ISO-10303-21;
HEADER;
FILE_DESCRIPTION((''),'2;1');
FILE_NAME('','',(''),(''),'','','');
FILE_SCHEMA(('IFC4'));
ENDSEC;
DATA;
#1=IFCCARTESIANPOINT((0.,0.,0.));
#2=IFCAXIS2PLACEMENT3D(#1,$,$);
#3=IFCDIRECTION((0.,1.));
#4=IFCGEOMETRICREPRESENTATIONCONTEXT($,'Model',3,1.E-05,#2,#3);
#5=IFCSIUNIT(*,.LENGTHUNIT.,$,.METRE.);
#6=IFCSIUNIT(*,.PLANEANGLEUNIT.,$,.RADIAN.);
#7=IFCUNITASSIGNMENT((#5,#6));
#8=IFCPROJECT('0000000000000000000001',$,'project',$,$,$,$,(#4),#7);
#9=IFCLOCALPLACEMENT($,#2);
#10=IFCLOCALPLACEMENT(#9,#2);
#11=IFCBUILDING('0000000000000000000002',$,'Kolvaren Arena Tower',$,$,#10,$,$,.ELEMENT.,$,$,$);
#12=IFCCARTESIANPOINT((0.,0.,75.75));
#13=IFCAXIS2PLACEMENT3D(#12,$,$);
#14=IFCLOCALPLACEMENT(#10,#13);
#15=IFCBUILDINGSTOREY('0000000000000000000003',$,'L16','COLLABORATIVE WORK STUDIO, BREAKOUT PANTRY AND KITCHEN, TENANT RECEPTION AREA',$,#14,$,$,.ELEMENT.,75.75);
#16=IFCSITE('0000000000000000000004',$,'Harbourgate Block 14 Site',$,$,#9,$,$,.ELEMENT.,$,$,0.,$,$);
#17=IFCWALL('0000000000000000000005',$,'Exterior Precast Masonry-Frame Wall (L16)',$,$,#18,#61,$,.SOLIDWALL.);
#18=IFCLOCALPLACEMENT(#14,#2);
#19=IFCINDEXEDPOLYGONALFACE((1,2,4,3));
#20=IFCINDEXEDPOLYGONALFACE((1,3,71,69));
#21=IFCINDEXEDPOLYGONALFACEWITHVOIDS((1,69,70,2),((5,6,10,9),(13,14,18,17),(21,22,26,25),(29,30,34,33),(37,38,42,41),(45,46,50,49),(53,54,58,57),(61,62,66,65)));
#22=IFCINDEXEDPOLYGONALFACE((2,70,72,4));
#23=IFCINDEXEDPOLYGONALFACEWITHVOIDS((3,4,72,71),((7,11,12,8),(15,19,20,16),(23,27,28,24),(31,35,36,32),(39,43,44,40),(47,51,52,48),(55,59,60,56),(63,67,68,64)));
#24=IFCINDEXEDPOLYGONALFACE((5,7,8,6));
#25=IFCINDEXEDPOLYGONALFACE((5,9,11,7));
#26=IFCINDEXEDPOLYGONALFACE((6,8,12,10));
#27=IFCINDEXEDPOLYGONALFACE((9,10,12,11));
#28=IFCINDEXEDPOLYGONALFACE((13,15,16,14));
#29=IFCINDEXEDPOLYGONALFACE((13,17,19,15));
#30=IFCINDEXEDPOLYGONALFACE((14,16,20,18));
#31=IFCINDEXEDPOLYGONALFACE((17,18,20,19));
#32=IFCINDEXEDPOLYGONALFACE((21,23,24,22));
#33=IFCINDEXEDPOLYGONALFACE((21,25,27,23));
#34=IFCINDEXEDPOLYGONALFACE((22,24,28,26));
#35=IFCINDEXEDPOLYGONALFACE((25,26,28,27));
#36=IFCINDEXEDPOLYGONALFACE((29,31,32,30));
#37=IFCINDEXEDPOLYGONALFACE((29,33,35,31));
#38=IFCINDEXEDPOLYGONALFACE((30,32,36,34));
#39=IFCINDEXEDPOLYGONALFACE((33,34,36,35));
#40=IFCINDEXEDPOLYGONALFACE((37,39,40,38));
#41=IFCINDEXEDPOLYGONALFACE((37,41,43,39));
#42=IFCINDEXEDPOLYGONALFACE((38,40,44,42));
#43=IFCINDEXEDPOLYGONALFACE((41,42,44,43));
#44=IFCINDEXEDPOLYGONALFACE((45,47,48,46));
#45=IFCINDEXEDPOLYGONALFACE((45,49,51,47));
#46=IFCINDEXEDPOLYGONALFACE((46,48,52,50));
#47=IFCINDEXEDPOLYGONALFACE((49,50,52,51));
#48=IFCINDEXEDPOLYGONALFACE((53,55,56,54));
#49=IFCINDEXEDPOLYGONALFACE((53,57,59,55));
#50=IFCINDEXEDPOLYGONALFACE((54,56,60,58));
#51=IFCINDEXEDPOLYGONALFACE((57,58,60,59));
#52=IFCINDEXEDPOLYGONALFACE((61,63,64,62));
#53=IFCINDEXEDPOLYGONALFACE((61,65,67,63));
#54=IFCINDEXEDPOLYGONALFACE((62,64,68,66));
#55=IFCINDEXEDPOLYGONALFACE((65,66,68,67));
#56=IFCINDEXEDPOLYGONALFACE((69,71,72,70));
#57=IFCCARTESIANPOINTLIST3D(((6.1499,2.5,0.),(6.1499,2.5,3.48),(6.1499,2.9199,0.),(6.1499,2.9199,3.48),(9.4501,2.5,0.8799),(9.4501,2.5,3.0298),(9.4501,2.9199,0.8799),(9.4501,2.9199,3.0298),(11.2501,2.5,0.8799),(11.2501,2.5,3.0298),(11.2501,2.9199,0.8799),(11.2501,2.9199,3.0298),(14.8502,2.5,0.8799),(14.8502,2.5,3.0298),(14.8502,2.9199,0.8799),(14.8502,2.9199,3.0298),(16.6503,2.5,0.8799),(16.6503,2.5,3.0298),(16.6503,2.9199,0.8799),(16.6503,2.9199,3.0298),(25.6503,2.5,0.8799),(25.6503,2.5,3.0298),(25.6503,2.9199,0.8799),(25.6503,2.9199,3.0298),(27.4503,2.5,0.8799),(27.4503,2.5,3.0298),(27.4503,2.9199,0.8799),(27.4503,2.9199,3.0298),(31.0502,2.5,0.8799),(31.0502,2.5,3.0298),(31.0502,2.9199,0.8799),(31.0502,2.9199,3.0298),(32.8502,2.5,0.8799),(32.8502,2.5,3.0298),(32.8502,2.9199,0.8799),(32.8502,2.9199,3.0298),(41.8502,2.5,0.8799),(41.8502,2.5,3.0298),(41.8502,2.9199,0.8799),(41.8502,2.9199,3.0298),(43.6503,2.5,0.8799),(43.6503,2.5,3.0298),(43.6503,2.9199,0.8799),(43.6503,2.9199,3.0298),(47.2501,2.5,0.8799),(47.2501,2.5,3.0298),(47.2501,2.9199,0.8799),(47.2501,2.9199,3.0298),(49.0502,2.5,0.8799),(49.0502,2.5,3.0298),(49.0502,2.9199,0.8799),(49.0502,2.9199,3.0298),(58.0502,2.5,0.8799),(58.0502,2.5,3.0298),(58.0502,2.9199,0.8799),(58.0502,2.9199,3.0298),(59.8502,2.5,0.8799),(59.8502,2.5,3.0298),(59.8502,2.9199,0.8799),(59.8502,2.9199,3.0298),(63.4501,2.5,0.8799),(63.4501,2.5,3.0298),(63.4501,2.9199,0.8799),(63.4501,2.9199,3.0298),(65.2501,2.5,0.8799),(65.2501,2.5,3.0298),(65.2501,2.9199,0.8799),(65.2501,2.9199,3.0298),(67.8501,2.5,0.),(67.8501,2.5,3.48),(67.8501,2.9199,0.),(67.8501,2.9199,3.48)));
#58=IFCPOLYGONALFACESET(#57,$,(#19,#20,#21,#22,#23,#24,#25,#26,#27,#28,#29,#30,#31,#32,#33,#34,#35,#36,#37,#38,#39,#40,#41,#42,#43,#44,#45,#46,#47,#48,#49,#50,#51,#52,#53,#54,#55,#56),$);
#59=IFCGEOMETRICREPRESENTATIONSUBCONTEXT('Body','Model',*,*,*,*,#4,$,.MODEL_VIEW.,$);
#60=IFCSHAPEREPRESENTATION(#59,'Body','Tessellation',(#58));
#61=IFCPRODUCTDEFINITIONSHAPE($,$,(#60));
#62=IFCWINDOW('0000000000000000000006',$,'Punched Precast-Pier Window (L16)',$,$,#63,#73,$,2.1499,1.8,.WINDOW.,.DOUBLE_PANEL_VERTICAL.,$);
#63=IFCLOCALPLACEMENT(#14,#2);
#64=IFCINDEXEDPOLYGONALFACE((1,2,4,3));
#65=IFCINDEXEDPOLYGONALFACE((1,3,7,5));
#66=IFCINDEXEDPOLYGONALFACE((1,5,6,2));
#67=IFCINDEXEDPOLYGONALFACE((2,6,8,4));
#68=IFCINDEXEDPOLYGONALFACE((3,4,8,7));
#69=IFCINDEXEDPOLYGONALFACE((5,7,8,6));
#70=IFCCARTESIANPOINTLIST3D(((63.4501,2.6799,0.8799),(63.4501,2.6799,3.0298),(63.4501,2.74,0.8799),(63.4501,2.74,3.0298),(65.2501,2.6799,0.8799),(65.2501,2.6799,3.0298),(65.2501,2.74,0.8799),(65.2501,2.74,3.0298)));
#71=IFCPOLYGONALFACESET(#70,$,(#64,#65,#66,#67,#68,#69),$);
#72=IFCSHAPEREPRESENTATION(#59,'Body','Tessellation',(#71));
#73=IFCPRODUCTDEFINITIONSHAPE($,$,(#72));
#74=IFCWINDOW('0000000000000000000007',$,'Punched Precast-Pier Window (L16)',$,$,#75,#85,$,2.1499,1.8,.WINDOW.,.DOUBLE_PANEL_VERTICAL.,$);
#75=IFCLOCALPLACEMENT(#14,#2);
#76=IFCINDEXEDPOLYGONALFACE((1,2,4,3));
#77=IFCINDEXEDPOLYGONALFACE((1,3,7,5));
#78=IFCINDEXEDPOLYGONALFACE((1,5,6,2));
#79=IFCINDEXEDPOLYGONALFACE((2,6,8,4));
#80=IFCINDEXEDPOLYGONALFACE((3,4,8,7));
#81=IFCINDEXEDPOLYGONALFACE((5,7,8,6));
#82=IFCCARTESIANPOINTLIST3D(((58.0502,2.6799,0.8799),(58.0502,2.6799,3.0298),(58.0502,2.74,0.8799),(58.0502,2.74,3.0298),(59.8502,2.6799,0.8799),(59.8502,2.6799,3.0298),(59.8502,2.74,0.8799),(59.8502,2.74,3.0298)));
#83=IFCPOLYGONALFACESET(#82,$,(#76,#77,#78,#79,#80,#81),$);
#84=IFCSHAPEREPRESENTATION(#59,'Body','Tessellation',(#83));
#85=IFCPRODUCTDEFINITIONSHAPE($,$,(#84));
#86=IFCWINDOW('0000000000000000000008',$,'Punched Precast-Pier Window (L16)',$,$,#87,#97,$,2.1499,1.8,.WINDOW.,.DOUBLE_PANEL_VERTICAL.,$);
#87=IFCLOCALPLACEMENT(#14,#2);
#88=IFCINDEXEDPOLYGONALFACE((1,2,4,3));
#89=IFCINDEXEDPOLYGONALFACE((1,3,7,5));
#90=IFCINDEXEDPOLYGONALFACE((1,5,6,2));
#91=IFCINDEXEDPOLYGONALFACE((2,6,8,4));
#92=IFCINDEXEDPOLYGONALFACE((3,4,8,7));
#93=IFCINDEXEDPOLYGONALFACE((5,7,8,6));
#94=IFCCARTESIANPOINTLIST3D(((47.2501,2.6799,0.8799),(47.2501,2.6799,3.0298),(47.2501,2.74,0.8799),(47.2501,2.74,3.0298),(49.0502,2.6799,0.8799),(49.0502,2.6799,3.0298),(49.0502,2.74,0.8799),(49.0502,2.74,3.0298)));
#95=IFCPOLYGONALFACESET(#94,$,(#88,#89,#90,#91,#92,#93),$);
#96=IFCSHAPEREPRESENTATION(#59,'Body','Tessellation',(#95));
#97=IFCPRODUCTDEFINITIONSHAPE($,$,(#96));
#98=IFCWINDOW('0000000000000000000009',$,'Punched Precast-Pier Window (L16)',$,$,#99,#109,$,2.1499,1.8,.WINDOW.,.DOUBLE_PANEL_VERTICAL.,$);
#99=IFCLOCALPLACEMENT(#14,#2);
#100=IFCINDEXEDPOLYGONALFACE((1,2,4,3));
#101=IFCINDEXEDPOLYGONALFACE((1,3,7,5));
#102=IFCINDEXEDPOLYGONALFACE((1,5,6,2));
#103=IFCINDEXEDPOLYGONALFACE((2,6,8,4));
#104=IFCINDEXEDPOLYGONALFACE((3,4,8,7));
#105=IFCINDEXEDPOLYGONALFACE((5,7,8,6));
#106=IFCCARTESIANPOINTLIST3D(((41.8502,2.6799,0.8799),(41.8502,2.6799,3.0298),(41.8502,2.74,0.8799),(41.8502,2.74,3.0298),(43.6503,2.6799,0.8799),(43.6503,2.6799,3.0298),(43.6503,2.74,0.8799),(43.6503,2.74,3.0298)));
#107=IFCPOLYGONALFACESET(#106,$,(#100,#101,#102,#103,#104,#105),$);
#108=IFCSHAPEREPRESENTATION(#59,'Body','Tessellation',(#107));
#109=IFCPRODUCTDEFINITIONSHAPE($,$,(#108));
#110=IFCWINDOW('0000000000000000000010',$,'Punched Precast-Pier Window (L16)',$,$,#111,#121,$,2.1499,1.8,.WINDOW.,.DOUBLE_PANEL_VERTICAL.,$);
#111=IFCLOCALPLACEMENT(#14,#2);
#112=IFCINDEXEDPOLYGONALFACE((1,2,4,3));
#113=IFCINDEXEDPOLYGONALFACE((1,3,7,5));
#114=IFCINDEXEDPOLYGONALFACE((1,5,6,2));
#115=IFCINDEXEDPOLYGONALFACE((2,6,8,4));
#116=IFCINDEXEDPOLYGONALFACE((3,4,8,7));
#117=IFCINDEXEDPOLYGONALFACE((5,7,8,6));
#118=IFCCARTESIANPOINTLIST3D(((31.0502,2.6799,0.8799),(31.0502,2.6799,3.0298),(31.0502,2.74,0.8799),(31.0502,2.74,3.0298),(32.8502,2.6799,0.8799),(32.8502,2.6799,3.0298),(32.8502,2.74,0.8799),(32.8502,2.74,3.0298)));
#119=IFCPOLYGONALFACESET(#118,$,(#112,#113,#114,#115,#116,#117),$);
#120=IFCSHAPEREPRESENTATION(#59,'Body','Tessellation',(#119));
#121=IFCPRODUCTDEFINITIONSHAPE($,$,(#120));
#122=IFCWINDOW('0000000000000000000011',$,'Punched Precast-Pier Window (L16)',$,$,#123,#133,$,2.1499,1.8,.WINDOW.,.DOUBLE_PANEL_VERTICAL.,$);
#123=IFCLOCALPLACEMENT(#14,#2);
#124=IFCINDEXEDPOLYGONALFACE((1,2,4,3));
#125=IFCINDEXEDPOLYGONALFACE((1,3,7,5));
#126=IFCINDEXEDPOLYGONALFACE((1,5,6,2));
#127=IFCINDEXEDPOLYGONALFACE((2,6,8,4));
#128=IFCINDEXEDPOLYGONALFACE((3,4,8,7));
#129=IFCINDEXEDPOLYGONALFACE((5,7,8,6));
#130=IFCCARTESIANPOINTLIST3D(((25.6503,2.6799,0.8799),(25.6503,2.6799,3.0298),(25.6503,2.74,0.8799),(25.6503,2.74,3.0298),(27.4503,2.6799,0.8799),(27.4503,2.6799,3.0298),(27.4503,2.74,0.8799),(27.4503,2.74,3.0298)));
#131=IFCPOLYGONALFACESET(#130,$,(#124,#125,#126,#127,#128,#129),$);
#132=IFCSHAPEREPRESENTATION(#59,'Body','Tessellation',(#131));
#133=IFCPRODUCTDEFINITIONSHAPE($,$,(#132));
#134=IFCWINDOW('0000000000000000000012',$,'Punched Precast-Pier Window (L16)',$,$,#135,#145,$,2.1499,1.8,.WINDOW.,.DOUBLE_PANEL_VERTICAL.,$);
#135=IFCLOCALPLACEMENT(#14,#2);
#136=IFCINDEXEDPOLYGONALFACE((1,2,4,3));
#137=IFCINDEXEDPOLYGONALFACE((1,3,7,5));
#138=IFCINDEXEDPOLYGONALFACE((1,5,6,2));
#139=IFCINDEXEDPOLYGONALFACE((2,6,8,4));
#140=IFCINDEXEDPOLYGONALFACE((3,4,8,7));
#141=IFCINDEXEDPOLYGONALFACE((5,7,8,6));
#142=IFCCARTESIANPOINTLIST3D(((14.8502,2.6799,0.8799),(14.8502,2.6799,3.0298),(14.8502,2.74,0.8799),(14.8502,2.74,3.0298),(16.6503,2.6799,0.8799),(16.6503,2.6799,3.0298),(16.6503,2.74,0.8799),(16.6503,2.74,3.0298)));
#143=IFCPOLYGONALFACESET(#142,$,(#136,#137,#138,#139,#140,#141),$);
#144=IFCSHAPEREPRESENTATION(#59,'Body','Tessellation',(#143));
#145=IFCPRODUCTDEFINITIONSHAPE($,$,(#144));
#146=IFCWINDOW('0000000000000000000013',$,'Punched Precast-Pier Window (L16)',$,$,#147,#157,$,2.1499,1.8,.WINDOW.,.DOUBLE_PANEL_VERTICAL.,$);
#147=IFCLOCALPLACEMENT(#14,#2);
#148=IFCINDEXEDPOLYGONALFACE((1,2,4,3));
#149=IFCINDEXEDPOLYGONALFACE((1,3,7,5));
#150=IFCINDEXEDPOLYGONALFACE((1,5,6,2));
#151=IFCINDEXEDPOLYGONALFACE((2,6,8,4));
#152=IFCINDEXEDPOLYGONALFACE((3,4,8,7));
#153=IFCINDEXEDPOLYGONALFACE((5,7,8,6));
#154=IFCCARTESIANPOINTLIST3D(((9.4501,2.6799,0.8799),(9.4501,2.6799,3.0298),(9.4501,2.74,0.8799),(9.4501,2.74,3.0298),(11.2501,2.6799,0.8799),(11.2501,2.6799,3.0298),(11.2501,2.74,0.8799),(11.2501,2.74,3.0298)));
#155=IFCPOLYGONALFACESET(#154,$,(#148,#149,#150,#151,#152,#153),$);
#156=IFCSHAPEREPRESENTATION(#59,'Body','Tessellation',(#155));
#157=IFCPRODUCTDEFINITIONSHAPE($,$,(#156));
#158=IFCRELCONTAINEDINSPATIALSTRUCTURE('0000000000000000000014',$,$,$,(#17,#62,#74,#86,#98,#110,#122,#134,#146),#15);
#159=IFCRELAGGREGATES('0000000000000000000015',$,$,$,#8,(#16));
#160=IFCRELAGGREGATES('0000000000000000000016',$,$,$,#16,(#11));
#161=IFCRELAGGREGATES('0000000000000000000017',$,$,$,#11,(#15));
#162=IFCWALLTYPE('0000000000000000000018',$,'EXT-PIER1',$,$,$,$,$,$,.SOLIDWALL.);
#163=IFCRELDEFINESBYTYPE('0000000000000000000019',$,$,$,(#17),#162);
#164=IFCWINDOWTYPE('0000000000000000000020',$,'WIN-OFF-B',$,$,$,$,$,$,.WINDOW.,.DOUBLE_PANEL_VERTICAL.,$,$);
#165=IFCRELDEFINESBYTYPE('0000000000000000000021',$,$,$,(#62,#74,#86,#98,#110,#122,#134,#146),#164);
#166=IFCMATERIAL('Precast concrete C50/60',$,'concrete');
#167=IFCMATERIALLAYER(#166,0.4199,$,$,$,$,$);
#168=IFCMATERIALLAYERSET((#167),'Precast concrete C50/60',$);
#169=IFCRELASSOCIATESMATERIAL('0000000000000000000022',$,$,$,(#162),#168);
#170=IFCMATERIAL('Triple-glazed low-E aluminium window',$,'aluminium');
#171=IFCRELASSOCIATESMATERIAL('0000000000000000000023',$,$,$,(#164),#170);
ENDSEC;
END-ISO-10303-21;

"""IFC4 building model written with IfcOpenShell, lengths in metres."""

from ifc_helpers import new_model, si_unit, direction, frame, frame_2d, origin, place, context, subcontext, project, spatial, rectangle, extrude, material, layer, layer_set, type_object, element, fill, save


model = new_model("IFC4")

# Units and contexts
model_context = context("Model", 3, precision=1e-05, world=origin(), true_north=direction((0.0, 1.0)))
body_context = subcontext(model_context, "Body", "Model", "MODEL_VIEW")
ifc_project = project(units=[si_unit("LENGTHUNIT", "METRE"), si_unit("PLANEANGLEUNIT", "RADIAN")], contexts=[model_context])

# Site, building, storey
site_placement = place(None, origin())
site = spatial("IfcSite", under=ifc_project, at=site_placement, Name="Harbourgate Block 14 Site", CompositionType="ELEMENT", RefElevation=0.0)
building_placement = place(site_placement, origin())
building = spatial("IfcBuilding", under=site, at=building_placement, Name="Kolvaren Arena Tower", CompositionType="ELEMENT")
storey_placement = place(building_placement, frame((0.0, 0.0, 75.75)))
storey = spatial("IfcBuildingStorey", under=building, at=storey_placement, Name="L16", Description="COLLABORATIVE WORK STUDIO, BREAKOUT PANTRY AND KITCHEN, TENANT RECEPTION AREA", CompositionType="ELEMENT", Elevation=75.75)

# Shared definitions
ifc_material_1 = material(Name="Precast concrete C50/60", Category="concrete")
ifc_layer_1 = layer(ifc_material_1, 0.4199)
ifc_layer_set_1 = layer_set([ifc_layer_1], Name="Precast concrete C50/60")
wall_type_1 = type_object("IfcWallType", Name="EXT-PIER1", PredefinedType="SOLIDWALL", material=ifc_layer_set_1)

# Wall, openings, windows
wall_1_placement = place(storey_placement, frame((67.8501, 2.71, 0.0), z_axis=(0.0, 0.0, 1.0), x_axis=(-1.0, 0.0, 0.0)))
wall_1 = element("IfcWall", 1, at=wall_1_placement, inside=storey, type_object=wall_type_1, Name="Exterior Precast Masonry-Frame Wall (L16)", PredefinedType="SOLIDWALL", context=body_context, shape_type="SweptSolid", body=[
    extrude(rectangle(XDim=61.7002, YDim=0.4199, at=frame_2d((30.8501, 0.0))), origin(), (0.0, 0.0, 1.0), 3.48),
])
opening_1_placement = place(wall_1_placement, frame((2.6001, 0.0, 0.8799)))
opening_1 = element("IfcOpeningElement", 2, at=opening_1_placement, cuts=wall_1, PredefinedType="OPENING", context=body_context, shape_type="SweptSolid", body=[
    extrude(rectangle(XDim=1.8, YDim=2.1499, at=frame_2d((0.8999, 1.075))), frame((0.0, 0.22, 0.0), z_axis=(0.0, -1.0, 0.0), x_axis=(1.0, 0.0, 0.0)), (0.0, 0.0, 1.0), 0.4399),
])
opening_2_placement = place(wall_1_placement, frame((8.0, 0.0, 0.8799)))
opening_2 = element("IfcOpeningElement", 3, at=opening_2_placement, cuts=wall_1, PredefinedType="OPENING", context=body_context, shape_type="SweptSolid", body=[
    extrude(rectangle(XDim=1.8, YDim=2.1499, at=frame_2d((0.8999, 1.075))), frame((0.0, 0.22, 0.0), z_axis=(0.0, -1.0, 0.0), x_axis=(1.0, 0.0, 0.0)), (0.0, 0.0, 1.0), 0.4399),
])
opening_3_placement = place(wall_1_placement, frame((18.8, 0.0, 0.8799)))
opening_3 = element("IfcOpeningElement", 4, at=opening_3_placement, cuts=wall_1, PredefinedType="OPENING", context=body_context, shape_type="SweptSolid", body=[
    extrude(rectangle(XDim=1.8, YDim=2.1499, at=frame_2d((0.8999, 1.075))), frame((0.0, 0.22, 0.0), z_axis=(0.0, -1.0, 0.0), x_axis=(1.0, 0.0, 0.0)), (0.0, 0.0, 1.0), 0.4399),
])
opening_4_placement = place(wall_1_placement, frame((24.2, 0.0, 0.8799)))
opening_4 = element("IfcOpeningElement", 5, at=opening_4_placement, cuts=wall_1, PredefinedType="OPENING", context=body_context, shape_type="SweptSolid", body=[
    extrude(rectangle(XDim=1.8, YDim=2.1499, at=frame_2d((0.8999, 1.075))), frame((0.0, 0.22, 0.0), z_axis=(0.0, -1.0, 0.0), x_axis=(1.0, 0.0, 0.0)), (0.0, 0.0, 1.0), 0.4399),
])
opening_5_placement = place(wall_1_placement, frame((35.0, 0.0, 0.8799)))
opening_5 = element("IfcOpeningElement", 6, at=opening_5_placement, cuts=wall_1, PredefinedType="OPENING", context=body_context, shape_type="SweptSolid", body=[
    extrude(rectangle(XDim=1.8, YDim=2.1499, at=frame_2d((0.8999, 1.075))), frame((0.0, 0.22, 0.0), z_axis=(0.0, -1.0, 0.0), x_axis=(1.0, 0.0, 0.0)), (0.0, 0.0, 1.0), 0.4399),
])
opening_6_placement = place(wall_1_placement, frame((40.3999, 0.0, 0.8799)))
opening_6 = element("IfcOpeningElement", 7, at=opening_6_placement, cuts=wall_1, PredefinedType="OPENING", context=body_context, shape_type="SweptSolid", body=[
    extrude(rectangle(XDim=1.8, YDim=2.1499, at=frame_2d((0.8999, 1.075))), frame((0.0, 0.22, 0.0), z_axis=(0.0, -1.0, 0.0), x_axis=(1.0, 0.0, 0.0)), (0.0, 0.0, 1.0), 0.4399),
])
opening_7_placement = place(wall_1_placement, frame((51.2, 0.0, 0.8799)))
opening_7 = element("IfcOpeningElement", 8, at=opening_7_placement, cuts=wall_1, PredefinedType="OPENING", context=body_context, shape_type="SweptSolid", body=[
    extrude(rectangle(XDim=1.8, YDim=2.1499, at=frame_2d((0.8999, 1.075))), frame((0.0, 0.22, 0.0), z_axis=(0.0, -1.0, 0.0), x_axis=(1.0, 0.0, 0.0)), (0.0, 0.0, 1.0), 0.4399),
])
opening_8_placement = place(wall_1_placement, frame((56.6001, 0.0, 0.8799)))
opening_8 = element("IfcOpeningElement", 9, at=opening_8_placement, cuts=wall_1, PredefinedType="OPENING", context=body_context, shape_type="SweptSolid", body=[
    extrude(rectangle(XDim=1.8, YDim=2.1499, at=frame_2d((0.8999, 1.075))), frame((0.0, 0.22, 0.0), z_axis=(0.0, -1.0, 0.0), x_axis=(1.0, 0.0, 0.0)), (0.0, 0.0, 1.0), 0.4399),
])
ifc_material_2 = material(Name="Triple-glazed low-E aluminium window", Category="aluminium")
window_type = type_object("IfcWindowType", Name="WIN-OFF-B", PartitioningType="DOUBLE_PANEL_VERTICAL", PredefinedType="WINDOW", material=ifc_material_2)
window_1_placement = place(opening_1_placement, origin())
window_1 = element("IfcWindow", 10, at=window_1_placement, inside=storey, type_object=window_type, Name="Punched Precast-Pier Window (L16)", OverallHeight=2.1499, OverallWidth=1.8, PartitioningType="DOUBLE_PANEL_VERTICAL", PredefinedType="WINDOW", context=body_context, shape_type="SweptSolid", body=[
    extrude(rectangle(XDim=1.8, YDim=2.1499, at=frame_2d((0.8999, 1.075))), frame((0.0, 0.03, 0.0), z_axis=(0.0, -1.0, 0.0), x_axis=(1.0, 0.0, 0.0)), (0.0, 0.0, 1.0), 0.0601),
])
fill(opening_1, window_1)
window_2_placement = place(opening_2_placement, origin())
window_2 = element("IfcWindow", 11, at=window_2_placement, inside=storey, type_object=window_type, Name="Punched Precast-Pier Window (L16)", OverallHeight=2.1499, OverallWidth=1.8, PartitioningType="DOUBLE_PANEL_VERTICAL", PredefinedType="WINDOW", context=body_context, shape_type="SweptSolid", body=[
    extrude(rectangle(XDim=1.8, YDim=2.1499, at=frame_2d((0.8999, 1.075))), frame((0.0, 0.03, 0.0), z_axis=(0.0, -1.0, 0.0), x_axis=(1.0, 0.0, 0.0)), (0.0, 0.0, 1.0), 0.0601),
])
fill(opening_2, window_2)
window_3_placement = place(opening_3_placement, origin())
window_3 = element("IfcWindow", 12, at=window_3_placement, inside=storey, type_object=window_type, Name="Punched Precast-Pier Window (L16)", OverallHeight=2.1499, OverallWidth=1.8, PartitioningType="DOUBLE_PANEL_VERTICAL", PredefinedType="WINDOW", context=body_context, shape_type="SweptSolid", body=[
    extrude(rectangle(XDim=1.8, YDim=2.1499, at=frame_2d((0.8999, 1.075))), frame((0.0, 0.03, 0.0), z_axis=(0.0, -1.0, 0.0), x_axis=(1.0, 0.0, 0.0)), (0.0, 0.0, 1.0), 0.0601),
])
fill(opening_3, window_3)
window_4_placement = place(opening_4_placement, origin())
window_4 = element("IfcWindow", 13, at=window_4_placement, inside=storey, type_object=window_type, Name="Punched Precast-Pier Window (L16)", OverallHeight=2.1499, OverallWidth=1.8, PartitioningType="DOUBLE_PANEL_VERTICAL", PredefinedType="WINDOW", context=body_context, shape_type="SweptSolid", body=[
    extrude(rectangle(XDim=1.8, YDim=2.1499, at=frame_2d((0.8999, 1.075))), frame((0.0, 0.03, 0.0), z_axis=(0.0, -1.0, 0.0), x_axis=(1.0, 0.0, 0.0)), (0.0, 0.0, 1.0), 0.0601),
])
fill(opening_4, window_4)
window_5_placement = place(opening_5_placement, origin())
window_5 = element("IfcWindow", 14, at=window_5_placement, inside=storey, type_object=window_type, Name="Punched Precast-Pier Window (L16)", OverallHeight=2.1499, OverallWidth=1.8, PartitioningType="DOUBLE_PANEL_VERTICAL", PredefinedType="WINDOW", context=body_context, shape_type="SweptSolid", body=[
    extrude(rectangle(XDim=1.8, YDim=2.1499, at=frame_2d((0.8999, 1.075))), frame((0.0, 0.03, 0.0), z_axis=(0.0, -1.0, 0.0), x_axis=(1.0, 0.0, 0.0)), (0.0, 0.0, 1.0), 0.0601),
])
fill(opening_5, window_5)
window_6_placement = place(opening_6_placement, origin())
window_6 = element("IfcWindow", 15, at=window_6_placement, inside=storey, type_object=window_type, Name="Punched Precast-Pier Window (L16)", OverallHeight=2.1499, OverallWidth=1.8, PartitioningType="DOUBLE_PANEL_VERTICAL", PredefinedType="WINDOW", context=body_context, shape_type="SweptSolid", body=[
    extrude(rectangle(XDim=1.8, YDim=2.1499, at=frame_2d((0.8999, 1.075))), frame((0.0, 0.03, 0.0), z_axis=(0.0, -1.0, 0.0), x_axis=(1.0, 0.0, 0.0)), (0.0, 0.0, 1.0), 0.0601),
])
fill(opening_6, window_6)
window_7_placement = place(opening_7_placement, origin())
window_7 = element("IfcWindow", 16, at=window_7_placement, inside=storey, type_object=window_type, Name="Punched Precast-Pier Window (L16)", OverallHeight=2.1499, OverallWidth=1.8, PartitioningType="DOUBLE_PANEL_VERTICAL", PredefinedType="WINDOW", context=body_context, shape_type="SweptSolid", body=[
    extrude(rectangle(XDim=1.8, YDim=2.1499, at=frame_2d((0.8999, 1.075))), frame((0.0, 0.03, 0.0), z_axis=(0.0, -1.0, 0.0), x_axis=(1.0, 0.0, 0.0)), (0.0, 0.0, 1.0), 0.0601),
])
fill(opening_7, window_7)
window_8_placement = place(opening_8_placement, origin())
window_8 = element("IfcWindow", 17, at=window_8_placement, inside=storey, type_object=window_type, Name="Punched Precast-Pier Window (L16)", OverallHeight=2.1499, OverallWidth=1.8, PartitioningType="DOUBLE_PANEL_VERTICAL", PredefinedType="WINDOW", context=body_context, shape_type="SweptSolid", body=[
    extrude(rectangle(XDim=1.8, YDim=2.1499, at=frame_2d((0.8999, 1.075))), frame((0.0, 0.03, 0.0), z_axis=(0.0, -1.0, 0.0), x_axis=(1.0, 0.0, 0.0)), (0.0, 0.0, 1.0), 0.0601),
])
fill(opening_8, window_8)

save(model, "model.ifc")
